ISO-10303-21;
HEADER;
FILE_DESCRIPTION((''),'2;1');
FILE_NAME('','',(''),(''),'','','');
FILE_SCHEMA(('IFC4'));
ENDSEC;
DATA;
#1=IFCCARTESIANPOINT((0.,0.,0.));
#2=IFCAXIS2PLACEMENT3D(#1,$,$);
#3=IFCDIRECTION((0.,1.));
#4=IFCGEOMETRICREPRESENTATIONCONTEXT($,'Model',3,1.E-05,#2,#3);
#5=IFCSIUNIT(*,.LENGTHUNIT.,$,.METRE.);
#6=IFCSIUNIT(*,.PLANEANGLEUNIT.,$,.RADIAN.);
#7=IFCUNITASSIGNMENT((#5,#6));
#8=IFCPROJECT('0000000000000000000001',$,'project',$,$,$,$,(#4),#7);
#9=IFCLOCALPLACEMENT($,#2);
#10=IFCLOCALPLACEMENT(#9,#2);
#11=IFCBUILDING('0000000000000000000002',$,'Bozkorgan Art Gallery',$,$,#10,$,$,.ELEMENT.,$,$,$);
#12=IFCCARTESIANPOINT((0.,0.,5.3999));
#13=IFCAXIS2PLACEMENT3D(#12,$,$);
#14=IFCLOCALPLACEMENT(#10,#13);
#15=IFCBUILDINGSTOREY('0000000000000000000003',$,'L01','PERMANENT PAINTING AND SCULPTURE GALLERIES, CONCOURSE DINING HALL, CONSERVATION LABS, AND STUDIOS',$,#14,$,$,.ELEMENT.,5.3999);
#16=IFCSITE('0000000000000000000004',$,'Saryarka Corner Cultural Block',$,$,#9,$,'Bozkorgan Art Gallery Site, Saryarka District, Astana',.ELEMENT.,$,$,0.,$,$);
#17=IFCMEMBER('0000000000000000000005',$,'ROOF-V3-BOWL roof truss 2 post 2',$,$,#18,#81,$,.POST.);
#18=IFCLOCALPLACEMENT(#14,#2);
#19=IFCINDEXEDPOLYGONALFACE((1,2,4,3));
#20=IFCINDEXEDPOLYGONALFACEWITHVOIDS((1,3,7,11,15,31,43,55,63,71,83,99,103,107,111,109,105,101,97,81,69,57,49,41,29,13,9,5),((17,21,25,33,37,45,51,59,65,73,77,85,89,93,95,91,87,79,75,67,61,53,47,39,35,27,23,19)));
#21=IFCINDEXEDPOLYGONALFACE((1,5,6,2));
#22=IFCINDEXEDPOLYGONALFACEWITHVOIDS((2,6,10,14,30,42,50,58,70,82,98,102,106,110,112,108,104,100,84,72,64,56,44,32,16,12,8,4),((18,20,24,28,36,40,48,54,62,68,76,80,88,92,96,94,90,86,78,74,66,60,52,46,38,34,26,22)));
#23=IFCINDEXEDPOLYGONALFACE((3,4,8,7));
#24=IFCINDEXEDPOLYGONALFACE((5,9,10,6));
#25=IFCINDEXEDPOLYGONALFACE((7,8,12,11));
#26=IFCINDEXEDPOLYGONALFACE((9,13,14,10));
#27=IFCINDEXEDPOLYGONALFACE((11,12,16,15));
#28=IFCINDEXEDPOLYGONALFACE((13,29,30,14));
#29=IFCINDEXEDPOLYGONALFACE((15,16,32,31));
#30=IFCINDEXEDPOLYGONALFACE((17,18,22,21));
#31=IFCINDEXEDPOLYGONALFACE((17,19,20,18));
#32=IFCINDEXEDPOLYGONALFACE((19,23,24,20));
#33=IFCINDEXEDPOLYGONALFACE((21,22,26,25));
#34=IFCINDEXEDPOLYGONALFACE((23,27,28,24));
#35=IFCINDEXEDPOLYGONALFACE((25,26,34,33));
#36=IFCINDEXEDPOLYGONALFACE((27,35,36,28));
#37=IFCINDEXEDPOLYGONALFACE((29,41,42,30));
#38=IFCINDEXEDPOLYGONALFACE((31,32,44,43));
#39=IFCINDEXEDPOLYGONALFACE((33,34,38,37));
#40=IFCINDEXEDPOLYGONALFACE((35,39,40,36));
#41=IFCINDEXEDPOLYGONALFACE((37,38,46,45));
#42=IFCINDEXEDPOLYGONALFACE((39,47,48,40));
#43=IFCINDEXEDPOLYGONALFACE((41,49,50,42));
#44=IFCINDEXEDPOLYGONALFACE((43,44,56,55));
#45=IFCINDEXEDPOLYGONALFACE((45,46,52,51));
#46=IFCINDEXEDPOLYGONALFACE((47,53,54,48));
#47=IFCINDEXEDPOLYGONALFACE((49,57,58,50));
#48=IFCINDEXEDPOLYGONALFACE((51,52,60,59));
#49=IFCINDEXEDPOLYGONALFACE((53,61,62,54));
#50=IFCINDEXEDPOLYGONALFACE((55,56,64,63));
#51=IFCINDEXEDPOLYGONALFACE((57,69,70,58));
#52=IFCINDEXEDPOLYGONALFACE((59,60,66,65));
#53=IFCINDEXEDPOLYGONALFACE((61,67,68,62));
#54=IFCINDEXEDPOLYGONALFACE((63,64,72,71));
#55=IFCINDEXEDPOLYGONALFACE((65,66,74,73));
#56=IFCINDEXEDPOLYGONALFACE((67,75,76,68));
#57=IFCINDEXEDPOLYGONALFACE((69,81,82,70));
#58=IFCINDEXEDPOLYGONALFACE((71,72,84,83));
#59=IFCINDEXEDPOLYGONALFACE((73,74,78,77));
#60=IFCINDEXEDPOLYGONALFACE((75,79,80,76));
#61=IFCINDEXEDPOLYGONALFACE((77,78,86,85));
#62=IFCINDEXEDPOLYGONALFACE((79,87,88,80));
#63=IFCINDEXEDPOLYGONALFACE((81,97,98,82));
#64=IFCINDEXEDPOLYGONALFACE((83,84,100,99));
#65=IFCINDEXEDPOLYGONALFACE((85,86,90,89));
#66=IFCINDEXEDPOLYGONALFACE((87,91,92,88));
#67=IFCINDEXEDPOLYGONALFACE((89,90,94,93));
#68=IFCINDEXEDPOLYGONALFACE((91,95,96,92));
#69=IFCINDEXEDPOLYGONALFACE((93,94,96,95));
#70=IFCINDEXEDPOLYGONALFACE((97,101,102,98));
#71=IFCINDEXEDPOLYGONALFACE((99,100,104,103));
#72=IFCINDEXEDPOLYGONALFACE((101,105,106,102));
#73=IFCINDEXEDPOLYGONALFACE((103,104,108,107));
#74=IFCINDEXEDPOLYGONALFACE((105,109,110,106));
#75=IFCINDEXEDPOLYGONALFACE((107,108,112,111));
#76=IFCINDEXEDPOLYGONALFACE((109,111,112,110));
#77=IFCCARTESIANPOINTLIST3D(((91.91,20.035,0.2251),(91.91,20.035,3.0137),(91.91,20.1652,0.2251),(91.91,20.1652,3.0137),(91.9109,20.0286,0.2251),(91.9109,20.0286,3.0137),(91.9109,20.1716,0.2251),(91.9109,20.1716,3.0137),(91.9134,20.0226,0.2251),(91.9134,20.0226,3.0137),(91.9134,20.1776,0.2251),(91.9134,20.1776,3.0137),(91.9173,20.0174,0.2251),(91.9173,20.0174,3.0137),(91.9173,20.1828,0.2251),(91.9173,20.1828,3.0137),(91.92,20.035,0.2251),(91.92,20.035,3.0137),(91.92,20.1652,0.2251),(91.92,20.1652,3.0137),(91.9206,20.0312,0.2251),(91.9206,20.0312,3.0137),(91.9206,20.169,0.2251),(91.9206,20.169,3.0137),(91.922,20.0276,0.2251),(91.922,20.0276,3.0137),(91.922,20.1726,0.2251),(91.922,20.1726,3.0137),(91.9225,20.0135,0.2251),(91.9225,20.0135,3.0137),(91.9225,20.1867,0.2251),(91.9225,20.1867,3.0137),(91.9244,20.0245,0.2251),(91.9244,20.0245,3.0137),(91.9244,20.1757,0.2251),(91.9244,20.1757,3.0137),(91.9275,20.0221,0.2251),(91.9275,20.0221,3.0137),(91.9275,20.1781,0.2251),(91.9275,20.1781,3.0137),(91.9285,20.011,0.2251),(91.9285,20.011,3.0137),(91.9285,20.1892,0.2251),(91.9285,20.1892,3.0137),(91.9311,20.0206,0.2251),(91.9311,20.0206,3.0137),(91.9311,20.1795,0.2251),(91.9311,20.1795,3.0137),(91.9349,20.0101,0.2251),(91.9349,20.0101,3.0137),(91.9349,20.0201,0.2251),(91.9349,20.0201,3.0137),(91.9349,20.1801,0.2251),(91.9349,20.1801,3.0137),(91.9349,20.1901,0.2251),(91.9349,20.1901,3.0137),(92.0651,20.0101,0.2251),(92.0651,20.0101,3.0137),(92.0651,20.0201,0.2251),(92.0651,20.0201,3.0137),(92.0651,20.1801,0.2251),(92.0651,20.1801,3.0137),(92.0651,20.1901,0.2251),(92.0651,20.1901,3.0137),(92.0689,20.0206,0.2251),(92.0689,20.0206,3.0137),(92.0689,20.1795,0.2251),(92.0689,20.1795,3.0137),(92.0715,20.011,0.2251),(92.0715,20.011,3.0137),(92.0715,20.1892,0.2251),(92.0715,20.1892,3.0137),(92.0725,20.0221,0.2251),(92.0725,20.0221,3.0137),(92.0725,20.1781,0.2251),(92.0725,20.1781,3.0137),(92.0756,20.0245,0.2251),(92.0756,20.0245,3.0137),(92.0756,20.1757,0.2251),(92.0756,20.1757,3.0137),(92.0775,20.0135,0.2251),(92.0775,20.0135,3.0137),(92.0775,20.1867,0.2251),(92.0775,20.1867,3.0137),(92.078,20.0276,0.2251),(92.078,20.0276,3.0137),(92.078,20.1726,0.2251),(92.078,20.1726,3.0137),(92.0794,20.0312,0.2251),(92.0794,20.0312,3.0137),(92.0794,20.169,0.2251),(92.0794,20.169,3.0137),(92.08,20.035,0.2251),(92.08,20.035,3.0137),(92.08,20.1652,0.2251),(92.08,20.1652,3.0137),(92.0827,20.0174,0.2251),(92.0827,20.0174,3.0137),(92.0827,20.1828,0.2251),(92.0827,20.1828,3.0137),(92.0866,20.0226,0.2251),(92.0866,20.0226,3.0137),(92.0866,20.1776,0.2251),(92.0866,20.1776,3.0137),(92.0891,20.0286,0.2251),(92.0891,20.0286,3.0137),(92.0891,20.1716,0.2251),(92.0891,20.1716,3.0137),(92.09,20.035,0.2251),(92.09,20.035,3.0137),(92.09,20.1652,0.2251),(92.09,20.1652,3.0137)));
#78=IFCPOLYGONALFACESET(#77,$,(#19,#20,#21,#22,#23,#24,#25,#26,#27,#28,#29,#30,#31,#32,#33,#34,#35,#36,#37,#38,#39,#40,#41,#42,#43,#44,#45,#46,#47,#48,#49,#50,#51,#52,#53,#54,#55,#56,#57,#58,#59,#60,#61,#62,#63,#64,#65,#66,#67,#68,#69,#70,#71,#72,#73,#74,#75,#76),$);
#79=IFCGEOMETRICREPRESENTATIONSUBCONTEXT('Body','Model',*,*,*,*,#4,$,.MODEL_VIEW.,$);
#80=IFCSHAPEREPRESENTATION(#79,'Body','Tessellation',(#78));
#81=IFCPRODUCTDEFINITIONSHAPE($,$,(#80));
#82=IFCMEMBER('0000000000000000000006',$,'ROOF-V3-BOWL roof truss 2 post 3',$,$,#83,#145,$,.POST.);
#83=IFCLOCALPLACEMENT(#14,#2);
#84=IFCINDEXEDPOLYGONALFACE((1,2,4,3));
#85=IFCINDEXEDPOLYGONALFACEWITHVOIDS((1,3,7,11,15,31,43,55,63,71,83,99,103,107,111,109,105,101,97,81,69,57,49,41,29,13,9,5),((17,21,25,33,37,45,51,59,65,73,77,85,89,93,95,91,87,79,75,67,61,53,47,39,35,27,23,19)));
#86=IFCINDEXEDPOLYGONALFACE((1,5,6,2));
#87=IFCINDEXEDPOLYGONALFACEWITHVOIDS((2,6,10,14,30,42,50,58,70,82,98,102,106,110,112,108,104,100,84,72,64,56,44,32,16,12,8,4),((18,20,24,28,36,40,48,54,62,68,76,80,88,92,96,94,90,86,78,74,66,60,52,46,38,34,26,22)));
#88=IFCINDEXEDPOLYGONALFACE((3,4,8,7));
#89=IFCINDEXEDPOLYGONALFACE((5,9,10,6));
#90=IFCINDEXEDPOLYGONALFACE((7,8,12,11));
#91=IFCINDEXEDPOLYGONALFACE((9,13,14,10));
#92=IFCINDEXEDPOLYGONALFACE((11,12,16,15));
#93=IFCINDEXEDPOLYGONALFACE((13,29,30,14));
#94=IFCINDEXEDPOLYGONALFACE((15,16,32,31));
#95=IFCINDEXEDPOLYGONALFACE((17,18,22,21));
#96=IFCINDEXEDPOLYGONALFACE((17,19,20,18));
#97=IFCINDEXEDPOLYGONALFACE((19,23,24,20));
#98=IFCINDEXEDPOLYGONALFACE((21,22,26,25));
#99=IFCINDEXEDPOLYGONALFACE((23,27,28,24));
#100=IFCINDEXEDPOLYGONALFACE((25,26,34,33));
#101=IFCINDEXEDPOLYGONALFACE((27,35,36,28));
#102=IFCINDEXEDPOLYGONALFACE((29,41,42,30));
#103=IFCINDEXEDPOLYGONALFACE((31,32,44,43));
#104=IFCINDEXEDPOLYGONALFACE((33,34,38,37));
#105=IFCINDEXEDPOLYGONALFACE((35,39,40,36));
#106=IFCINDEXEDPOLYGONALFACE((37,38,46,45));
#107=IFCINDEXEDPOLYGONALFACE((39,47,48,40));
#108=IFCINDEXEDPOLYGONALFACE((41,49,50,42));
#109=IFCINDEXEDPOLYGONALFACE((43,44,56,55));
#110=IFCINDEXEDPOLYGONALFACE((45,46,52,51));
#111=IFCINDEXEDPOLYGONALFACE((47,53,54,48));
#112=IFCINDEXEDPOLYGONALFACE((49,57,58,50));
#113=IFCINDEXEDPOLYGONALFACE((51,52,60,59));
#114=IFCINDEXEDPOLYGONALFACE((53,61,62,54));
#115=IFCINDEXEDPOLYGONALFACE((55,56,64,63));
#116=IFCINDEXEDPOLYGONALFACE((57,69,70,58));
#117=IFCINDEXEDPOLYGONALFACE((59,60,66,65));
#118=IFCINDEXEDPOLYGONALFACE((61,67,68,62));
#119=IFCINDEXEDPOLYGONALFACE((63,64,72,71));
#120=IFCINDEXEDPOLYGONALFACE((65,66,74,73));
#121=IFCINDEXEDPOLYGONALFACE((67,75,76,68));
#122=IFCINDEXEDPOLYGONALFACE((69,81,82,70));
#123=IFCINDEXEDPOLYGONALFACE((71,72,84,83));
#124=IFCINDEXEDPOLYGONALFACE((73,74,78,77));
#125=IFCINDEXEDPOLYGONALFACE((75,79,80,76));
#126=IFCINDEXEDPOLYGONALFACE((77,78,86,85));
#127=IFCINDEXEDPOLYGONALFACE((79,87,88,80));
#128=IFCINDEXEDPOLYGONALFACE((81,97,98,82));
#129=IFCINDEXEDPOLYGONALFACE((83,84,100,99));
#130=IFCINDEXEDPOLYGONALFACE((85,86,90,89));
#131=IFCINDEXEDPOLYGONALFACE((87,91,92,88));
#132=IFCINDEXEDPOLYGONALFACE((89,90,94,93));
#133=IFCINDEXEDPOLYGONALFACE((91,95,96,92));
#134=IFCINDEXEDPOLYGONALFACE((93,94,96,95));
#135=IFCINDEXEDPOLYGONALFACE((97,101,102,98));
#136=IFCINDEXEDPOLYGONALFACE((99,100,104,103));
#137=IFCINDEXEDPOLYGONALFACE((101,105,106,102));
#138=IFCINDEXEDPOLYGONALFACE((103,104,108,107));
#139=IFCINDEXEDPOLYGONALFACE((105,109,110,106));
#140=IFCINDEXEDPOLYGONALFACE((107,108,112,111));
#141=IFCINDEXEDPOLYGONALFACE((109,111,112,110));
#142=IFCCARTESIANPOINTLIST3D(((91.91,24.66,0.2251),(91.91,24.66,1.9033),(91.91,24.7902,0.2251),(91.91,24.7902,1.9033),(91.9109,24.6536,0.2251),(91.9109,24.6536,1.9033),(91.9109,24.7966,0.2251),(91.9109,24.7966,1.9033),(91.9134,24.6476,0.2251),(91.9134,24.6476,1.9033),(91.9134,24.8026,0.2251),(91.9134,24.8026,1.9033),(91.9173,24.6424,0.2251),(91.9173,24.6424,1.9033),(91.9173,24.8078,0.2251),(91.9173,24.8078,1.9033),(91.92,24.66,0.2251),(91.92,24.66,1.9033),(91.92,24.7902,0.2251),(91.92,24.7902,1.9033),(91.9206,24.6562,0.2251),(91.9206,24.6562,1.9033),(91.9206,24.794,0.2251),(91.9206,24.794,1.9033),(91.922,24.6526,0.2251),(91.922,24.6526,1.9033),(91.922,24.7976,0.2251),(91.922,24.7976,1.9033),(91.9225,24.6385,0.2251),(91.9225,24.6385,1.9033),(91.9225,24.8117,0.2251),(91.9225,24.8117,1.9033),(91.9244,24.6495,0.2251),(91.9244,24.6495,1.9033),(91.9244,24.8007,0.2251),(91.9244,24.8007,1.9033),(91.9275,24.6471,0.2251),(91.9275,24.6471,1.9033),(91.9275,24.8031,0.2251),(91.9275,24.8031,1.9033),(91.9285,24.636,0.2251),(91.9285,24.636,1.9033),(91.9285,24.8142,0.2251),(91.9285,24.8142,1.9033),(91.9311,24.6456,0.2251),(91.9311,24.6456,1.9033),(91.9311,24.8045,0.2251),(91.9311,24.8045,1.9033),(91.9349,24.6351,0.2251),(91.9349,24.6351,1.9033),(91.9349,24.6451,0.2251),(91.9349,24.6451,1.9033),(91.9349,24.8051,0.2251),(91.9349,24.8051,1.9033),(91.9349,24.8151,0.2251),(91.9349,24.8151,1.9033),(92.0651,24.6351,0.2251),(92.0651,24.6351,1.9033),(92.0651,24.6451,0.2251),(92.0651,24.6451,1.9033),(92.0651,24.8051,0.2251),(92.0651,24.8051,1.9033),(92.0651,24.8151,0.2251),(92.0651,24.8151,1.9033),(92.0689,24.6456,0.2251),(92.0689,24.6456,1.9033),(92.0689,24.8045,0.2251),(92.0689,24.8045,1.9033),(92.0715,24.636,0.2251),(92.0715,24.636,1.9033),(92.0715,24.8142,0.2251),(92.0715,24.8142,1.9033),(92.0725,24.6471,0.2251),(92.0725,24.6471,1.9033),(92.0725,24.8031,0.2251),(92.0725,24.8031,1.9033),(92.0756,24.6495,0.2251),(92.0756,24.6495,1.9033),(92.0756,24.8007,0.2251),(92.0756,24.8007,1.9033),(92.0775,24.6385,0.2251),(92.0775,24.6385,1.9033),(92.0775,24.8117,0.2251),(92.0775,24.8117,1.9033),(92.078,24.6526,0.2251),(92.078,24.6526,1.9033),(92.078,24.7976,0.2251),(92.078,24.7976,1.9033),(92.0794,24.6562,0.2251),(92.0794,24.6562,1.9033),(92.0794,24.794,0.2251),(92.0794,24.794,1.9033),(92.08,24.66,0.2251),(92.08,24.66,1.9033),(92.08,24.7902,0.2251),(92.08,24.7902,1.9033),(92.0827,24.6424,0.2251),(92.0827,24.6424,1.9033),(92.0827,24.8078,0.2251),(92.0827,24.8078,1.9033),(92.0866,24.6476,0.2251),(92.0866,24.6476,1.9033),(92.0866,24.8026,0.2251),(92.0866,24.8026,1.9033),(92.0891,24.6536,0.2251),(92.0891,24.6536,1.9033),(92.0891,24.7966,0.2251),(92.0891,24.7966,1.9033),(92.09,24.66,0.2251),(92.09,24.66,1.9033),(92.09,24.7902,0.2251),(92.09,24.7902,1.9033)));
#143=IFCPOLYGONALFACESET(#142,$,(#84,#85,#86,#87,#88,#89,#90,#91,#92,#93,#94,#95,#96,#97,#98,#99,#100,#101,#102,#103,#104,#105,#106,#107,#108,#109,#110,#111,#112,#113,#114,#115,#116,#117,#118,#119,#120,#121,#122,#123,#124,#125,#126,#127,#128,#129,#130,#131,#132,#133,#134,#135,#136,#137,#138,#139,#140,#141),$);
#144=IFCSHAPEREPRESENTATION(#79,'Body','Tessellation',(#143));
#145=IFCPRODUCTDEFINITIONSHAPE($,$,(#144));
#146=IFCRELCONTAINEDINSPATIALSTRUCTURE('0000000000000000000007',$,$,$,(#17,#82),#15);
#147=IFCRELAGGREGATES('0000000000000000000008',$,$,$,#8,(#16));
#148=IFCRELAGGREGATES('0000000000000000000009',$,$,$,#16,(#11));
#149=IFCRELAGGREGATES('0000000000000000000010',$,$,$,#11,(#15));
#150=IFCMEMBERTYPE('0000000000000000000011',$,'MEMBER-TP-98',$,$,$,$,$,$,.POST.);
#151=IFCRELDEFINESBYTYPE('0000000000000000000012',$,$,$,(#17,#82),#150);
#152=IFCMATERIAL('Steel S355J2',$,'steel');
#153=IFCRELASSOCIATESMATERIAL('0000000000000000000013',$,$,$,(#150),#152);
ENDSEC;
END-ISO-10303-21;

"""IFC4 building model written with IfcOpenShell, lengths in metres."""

from ifc_helpers import new_model, si_unit, direction, frame, origin, origin_2d, place, context, subcontext, project, spatial, hollow_rectangle, extrude, material, material_profile, profile_set, type_object, element, save


model = new_model("IFC4")

# Units and contexts
model_context = context("Model", 3, precision=1e-05, world=origin(), true_north=direction((0.0, 1.0)))
body_context = subcontext(model_context, "Body", "Model", "MODEL_VIEW")
ifc_project = project(units=[si_unit("LENGTHUNIT", "METRE"), si_unit("PLANEANGLEUNIT", "RADIAN")], contexts=[model_context])

# Site, building, storey
site_placement = place(None, origin())
site = spatial("IfcSite", under=ifc_project, at=site_placement, Name="Saryarka Corner Cultural Block", LongName="Bozkorgan Art Gallery Site, Saryarka District, Astana", CompositionType="ELEMENT", RefElevation=0.0)
building_placement = place(site_placement, origin())
building = spatial("IfcBuilding", under=site, at=building_placement, Name="Bozkorgan Art Gallery", CompositionType="ELEMENT")
storey_placement = place(building_placement, frame((0.0, 0.0, 5.3999)))
storey = spatial("IfcBuildingStorey", under=building, at=storey_placement, Name="L01", Description="PERMANENT PAINTING AND SCULPTURE GALLERIES, CONCOURSE DINING HALL, CONSERVATION LABS, AND STUDIOS", CompositionType="ELEMENT", Elevation=5.3999)

# Members
ifc_material_1 = material(Name="Steel S355J2", Category="steel")
ifc_material_profile_1 = material_profile(ifc_material_1, hollow_rectangle(XDim=0.1799, YDim=0.1799, WallThickness=0.01, InnerFilletRadius=0.0149, OuterFilletRadius=0.0249, at=origin_2d()), Name="SHS 180x180x10")
ifc_profile_set_1 = profile_set([ifc_material_profile_1], Name="Steel S355J2")
member_type_1 = type_object("IfcMemberType", Name="MEMBER-TP-98", PredefinedType="POST", material=ifc_profile_set_1)
member_1_placement = place(storey_placement, frame((92.0, 20.1001, 0.2251), z_axis=(0.0, 0.0, 1.0), x_axis=(1.0, 0.0, 0.0)))
element("IfcMember", 1, at=member_1_placement, inside=storey, type_object=member_type_1, Name="ROOF-V3-BOWL roof truss 2 post 2", PredefinedType="POST", context=body_context, shape_type="SweptSolid", body=[
    extrude(hollow_rectangle(XDim=0.1799, YDim=0.1799, WallThickness=0.01, InnerFilletRadius=0.0149, OuterFilletRadius=0.0249, at=origin_2d()), origin(), (0.0, 0.0, 1.0), 2.7886),
])
member_2_placement = place(storey_placement, frame((92.0, 24.7251, 0.2251), z_axis=(0.0, 0.0, 1.0), x_axis=(1.0, 0.0, 0.0)))
element("IfcMember", 2, at=member_2_placement, inside=storey, type_object=member_type_1, Name="ROOF-V3-BOWL roof truss 2 post 3", PredefinedType="POST", context=body_context, shape_type="SweptSolid", body=[
    extrude(hollow_rectangle(XDim=0.1799, YDim=0.1799, WallThickness=0.01, InnerFilletRadius=0.0149, OuterFilletRadius=0.0249, at=origin_2d()), origin(), (0.0, 0.0, 1.0), 1.6782),
])

save(model, "model.ifc")
